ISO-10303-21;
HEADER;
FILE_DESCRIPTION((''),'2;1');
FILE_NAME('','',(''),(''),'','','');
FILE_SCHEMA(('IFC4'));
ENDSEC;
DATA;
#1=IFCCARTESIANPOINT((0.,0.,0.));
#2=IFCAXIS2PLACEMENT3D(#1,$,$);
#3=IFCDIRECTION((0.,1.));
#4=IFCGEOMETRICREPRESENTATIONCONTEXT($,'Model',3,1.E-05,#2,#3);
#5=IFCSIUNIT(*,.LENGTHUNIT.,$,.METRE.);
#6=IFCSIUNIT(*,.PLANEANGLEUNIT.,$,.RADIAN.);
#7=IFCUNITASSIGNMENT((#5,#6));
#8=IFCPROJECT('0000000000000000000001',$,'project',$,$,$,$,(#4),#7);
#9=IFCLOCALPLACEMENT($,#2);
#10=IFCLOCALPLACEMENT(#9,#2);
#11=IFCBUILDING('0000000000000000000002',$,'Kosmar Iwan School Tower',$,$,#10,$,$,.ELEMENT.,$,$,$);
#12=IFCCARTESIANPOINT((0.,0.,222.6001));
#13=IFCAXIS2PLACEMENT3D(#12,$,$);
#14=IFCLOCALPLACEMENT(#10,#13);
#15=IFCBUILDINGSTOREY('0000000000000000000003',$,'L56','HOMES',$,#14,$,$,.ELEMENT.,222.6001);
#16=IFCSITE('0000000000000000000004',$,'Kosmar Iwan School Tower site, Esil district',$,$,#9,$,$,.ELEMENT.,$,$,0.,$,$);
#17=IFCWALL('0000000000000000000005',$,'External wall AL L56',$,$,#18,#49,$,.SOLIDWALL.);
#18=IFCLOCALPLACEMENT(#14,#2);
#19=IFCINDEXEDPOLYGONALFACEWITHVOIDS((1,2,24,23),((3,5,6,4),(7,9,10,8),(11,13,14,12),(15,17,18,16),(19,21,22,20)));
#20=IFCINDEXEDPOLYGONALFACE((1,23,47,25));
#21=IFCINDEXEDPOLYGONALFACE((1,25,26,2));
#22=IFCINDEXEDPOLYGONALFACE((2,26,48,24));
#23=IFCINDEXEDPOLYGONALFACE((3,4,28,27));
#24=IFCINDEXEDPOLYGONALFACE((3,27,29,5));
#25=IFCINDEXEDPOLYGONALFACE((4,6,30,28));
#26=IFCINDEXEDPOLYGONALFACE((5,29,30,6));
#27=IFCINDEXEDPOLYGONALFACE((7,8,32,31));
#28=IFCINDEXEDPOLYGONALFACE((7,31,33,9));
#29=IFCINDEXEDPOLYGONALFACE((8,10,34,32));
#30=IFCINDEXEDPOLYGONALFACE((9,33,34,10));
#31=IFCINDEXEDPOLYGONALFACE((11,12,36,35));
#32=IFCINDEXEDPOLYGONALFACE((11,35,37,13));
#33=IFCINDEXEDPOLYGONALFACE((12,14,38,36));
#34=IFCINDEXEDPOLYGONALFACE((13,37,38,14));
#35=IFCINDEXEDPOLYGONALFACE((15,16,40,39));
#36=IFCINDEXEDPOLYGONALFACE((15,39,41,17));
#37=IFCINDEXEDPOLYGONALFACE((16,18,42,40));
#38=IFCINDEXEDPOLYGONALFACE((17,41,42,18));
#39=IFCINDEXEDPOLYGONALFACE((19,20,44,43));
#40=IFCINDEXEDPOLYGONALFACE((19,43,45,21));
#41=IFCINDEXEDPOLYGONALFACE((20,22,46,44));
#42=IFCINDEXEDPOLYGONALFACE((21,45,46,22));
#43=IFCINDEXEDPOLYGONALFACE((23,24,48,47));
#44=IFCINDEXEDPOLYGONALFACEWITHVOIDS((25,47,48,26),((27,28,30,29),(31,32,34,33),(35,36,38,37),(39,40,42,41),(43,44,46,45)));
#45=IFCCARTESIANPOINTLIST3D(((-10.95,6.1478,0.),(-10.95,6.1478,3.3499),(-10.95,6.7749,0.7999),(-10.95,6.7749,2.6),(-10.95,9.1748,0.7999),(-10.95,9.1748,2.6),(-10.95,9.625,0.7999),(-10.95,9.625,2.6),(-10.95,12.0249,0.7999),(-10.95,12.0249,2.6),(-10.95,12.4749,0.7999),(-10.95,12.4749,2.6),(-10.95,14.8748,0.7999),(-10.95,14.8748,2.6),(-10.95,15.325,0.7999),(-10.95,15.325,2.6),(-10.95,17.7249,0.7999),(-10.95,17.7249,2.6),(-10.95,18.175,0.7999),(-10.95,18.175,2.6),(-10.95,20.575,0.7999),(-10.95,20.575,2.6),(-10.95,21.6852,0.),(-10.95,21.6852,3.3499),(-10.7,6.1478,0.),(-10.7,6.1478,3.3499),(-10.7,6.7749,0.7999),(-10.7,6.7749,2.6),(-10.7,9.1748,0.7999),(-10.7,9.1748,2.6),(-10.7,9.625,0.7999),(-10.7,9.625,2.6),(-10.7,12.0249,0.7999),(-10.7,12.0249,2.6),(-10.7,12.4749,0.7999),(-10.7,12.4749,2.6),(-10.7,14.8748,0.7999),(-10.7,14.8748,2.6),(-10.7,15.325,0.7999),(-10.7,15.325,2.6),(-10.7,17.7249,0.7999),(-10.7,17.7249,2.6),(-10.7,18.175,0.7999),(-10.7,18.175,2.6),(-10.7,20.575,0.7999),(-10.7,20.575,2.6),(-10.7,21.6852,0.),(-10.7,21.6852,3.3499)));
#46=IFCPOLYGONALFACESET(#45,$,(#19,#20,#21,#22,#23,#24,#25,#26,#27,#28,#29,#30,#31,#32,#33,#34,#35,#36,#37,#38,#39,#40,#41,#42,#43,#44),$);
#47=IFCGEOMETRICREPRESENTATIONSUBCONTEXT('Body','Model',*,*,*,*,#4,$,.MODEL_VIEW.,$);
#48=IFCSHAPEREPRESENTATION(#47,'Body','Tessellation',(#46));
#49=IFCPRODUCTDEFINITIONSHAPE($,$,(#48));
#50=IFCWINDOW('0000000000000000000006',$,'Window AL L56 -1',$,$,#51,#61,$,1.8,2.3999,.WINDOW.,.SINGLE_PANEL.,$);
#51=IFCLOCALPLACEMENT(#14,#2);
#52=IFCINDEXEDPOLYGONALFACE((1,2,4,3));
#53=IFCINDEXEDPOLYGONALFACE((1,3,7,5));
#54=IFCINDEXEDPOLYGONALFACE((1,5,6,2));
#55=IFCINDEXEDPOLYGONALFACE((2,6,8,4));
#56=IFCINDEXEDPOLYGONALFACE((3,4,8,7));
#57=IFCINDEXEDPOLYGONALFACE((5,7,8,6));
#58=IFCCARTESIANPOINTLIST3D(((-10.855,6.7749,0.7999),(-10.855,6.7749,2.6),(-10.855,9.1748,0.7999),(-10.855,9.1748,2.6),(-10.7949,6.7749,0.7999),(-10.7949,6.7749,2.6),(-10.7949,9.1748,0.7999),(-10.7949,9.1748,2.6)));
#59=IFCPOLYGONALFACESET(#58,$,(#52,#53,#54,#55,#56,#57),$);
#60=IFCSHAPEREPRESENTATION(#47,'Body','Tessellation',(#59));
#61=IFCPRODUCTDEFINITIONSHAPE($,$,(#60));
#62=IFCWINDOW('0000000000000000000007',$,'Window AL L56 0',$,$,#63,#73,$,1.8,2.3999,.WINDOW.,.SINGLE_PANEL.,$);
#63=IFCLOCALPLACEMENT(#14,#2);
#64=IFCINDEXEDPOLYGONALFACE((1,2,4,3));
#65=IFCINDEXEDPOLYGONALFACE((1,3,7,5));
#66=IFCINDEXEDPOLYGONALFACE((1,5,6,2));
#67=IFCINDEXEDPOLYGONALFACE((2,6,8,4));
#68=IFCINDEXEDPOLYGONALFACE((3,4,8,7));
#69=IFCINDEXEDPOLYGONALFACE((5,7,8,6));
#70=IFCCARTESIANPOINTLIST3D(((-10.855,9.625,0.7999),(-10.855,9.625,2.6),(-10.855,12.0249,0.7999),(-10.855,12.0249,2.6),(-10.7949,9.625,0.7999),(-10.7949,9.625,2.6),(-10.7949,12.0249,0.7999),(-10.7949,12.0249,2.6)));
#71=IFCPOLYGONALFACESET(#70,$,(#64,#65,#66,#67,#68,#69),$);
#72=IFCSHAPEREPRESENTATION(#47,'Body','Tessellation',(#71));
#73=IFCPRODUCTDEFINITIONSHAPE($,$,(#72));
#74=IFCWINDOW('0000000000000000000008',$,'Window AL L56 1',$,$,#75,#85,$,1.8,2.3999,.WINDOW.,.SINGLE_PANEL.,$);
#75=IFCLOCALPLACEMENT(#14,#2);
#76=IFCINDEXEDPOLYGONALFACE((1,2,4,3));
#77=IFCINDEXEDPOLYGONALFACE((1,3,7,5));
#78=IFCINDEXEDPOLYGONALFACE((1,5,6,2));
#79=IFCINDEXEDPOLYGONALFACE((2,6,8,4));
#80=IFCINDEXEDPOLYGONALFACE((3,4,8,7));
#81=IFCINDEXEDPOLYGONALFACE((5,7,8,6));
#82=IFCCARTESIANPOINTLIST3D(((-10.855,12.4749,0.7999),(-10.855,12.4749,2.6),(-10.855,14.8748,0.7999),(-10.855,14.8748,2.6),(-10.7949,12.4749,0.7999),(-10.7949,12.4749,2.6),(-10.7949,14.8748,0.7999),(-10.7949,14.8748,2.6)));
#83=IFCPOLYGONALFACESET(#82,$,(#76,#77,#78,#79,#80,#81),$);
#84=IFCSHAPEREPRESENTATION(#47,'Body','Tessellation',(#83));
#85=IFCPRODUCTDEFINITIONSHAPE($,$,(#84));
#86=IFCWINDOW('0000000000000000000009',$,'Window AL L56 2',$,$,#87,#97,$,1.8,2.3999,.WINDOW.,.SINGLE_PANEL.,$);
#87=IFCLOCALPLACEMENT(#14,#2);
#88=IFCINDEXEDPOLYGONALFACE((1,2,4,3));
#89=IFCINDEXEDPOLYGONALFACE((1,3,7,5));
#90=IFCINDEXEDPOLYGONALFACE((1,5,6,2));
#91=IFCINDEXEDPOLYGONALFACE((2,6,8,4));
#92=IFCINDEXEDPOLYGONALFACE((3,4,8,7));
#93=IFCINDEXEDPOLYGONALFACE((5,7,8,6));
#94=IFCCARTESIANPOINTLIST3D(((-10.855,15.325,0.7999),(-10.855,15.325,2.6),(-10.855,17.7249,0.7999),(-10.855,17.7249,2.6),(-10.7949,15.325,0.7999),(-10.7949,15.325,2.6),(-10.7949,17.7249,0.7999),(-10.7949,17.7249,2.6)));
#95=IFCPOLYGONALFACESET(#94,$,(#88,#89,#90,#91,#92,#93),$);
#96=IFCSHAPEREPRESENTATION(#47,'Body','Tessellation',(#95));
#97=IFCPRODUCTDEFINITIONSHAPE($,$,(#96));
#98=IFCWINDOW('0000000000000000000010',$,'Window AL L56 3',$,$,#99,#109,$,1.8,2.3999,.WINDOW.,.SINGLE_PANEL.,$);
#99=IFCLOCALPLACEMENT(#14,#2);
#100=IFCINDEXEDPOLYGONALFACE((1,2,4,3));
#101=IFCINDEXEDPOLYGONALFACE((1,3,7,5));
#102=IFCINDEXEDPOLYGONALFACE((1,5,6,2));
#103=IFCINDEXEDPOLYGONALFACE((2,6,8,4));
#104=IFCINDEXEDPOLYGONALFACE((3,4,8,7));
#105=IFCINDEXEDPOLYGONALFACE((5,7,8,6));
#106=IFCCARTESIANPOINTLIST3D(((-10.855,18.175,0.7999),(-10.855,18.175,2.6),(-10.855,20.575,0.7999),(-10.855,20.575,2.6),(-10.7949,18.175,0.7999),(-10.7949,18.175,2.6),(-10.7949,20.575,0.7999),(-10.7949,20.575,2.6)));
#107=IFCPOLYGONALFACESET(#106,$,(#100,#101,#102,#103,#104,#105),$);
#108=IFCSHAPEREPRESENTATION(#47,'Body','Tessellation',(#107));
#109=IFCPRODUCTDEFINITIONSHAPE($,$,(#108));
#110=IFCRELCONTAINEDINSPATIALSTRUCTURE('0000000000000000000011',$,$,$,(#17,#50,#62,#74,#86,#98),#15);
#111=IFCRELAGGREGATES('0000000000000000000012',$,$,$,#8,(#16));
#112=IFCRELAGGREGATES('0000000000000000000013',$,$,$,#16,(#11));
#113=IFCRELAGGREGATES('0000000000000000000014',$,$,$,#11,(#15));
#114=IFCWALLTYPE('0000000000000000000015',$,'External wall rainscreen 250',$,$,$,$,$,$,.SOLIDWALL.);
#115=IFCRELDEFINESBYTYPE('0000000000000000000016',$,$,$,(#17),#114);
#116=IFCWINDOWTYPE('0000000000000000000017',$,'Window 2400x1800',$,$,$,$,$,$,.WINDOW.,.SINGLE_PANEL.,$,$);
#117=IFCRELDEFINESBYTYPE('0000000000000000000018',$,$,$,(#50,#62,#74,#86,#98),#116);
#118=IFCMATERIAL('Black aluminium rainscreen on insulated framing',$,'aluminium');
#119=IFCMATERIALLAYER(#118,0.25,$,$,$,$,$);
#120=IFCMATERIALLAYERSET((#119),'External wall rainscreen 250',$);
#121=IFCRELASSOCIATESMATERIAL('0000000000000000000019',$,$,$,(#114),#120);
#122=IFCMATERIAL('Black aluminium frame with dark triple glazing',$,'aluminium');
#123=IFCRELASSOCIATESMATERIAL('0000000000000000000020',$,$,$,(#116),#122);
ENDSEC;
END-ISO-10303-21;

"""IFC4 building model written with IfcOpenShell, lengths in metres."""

from ifc_helpers import new_model, si_unit, direction, frame, frame_2d, origin, place, context, subcontext, project, spatial, rectangle, extrude, material, layer, layer_set, type_object, element, fill, save


model = new_model("IFC4")

# Units and contexts
model_context = context("Model", 3, precision=1e-05, world=origin(), true_north=direction((0.0, 1.0)))
body_context = subcontext(model_context, "Body", "Model", "MODEL_VIEW")
ifc_project = project(units=[si_unit("LENGTHUNIT", "METRE"), si_unit("PLANEANGLEUNIT", "RADIAN")], contexts=[model_context])

# Site, building, storey
site_placement = place(None, origin())
site = spatial("IfcSite", under=ifc_project, at=site_placement, Name="Kosmar Iwan School Tower site, Esil district", CompositionType="ELEMENT", RefElevation=0.0)
building_placement = place(site_placement, origin())
building = spatial("IfcBuilding", under=site, at=building_placement, Name="Kosmar Iwan School Tower", CompositionType="ELEMENT")
storey_placement = place(building_placement, frame((0.0, 0.0, 222.6001)))
storey = spatial("IfcBuildingStorey", under=building, at=storey_placement, Name="L56", Description="HOMES", CompositionType="ELEMENT", Elevation=222.6001)

# Wall, openings, windows
ifc_material_1 = material(Name="Black aluminium rainscreen on insulated framing", Category="aluminium")
ifc_layer_1 = layer(ifc_material_1, 0.25)
ifc_layer_set_1 = layer_set([ifc_layer_1], Name="External wall rainscreen 250")
wall_type_1 = type_object("IfcWallType", Name="External wall rainscreen 250", PredefinedType="SOLIDWALL", material=ifc_layer_set_1)
wall_1_placement = place(storey_placement, frame((-10.825, 6.1479, 0.0), z_axis=(0.0, 0.0, 1.0), x_axis=(0.0, 1.0, 0.0)))
wall_1 = element("IfcWall", 1, at=wall_1_placement, inside=storey, type_object=wall_type_1, Name="External wall AL L56", PredefinedType="SOLIDWALL", context=body_context, shape_type="SweptSolid", body=[
    extrude(rectangle(XDim=15.5374, YDim=0.25, at=frame_2d((7.7686, 0.0))), origin(), (0.0, 0.0, 1.0), 3.3499),
])
opening_1_placement = place(wall_1_placement, frame((0.627, 0.0, 0.8)))
opening_1 = element("IfcOpeningElement", 2, at=opening_1_placement, cuts=wall_1, PredefinedType="OPENING", context=body_context, shape_type="SweptSolid", body=[
    extrude(rectangle(XDim=2.3999, YDim=1.8, at=frame_2d((1.2, 0.8999))), frame((0.0, 0.137, 0.0), z_axis=(0.0, -1.0, 0.0), x_axis=(1.0, 0.0, 0.0)), (0.0, 0.0, 1.0), 0.2739),
])
opening_2_placement = place(wall_1_placement, frame((3.4771, 0.0, 0.8)))
opening_2 = element("IfcOpeningElement", 3, at=opening_2_placement, cuts=wall_1, PredefinedType="OPENING", context=body_context, shape_type="SweptSolid", body=[
    extrude(rectangle(XDim=2.3999, YDim=1.8, at=frame_2d((1.2, 0.8999))), frame((0.0, 0.137, 0.0), z_axis=(0.0, -1.0, 0.0), x_axis=(1.0, 0.0, 0.0)), (0.0, 0.0, 1.0), 0.2739),
])
opening_3_placement = place(wall_1_placement, frame((6.3269, 0.0, 0.8)))
opening_3 = element("IfcOpeningElement", 4, at=opening_3_placement, cuts=wall_1, PredefinedType="OPENING", context=body_context, shape_type="SweptSolid", body=[
    extrude(rectangle(XDim=2.3999, YDim=1.8, at=frame_2d((1.2, 0.8999))), frame((0.0, 0.137, 0.0), z_axis=(0.0, -1.0, 0.0), x_axis=(1.0, 0.0, 0.0)), (0.0, 0.0, 1.0), 0.2739),
])
opening_4_placement = place(wall_1_placement, frame((9.177, 0.0, 0.8)))
opening_4 = element("IfcOpeningElement", 5, at=opening_4_placement, cuts=wall_1, PredefinedType="OPENING", context=body_context, shape_type="SweptSolid", body=[
    extrude(rectangle(XDim=2.3999, YDim=1.8, at=frame_2d((1.2, 0.8999))), frame((0.0, 0.137, 0.0), z_axis=(0.0, -1.0, 0.0), x_axis=(1.0, 0.0, 0.0)), (0.0, 0.0, 1.0), 0.2739),
])
opening_5_placement = place(wall_1_placement, frame((12.0271, 0.0, 0.8)))
opening_5 = element("IfcOpeningElement", 6, at=opening_5_placement, cuts=wall_1, PredefinedType="OPENING", context=body_context, shape_type="SweptSolid", body=[
    extrude(rectangle(XDim=2.3999, YDim=1.8, at=frame_2d((1.2, 0.8999))), frame((0.0, 0.137, 0.0), z_axis=(0.0, -1.0, 0.0), x_axis=(1.0, 0.0, 0.0)), (0.0, 0.0, 1.0), 0.2739),
])
ifc_material_2 = material(Name="Black aluminium frame with dark triple glazing", Category="aluminium")
window_type = type_object("IfcWindowType", Name="Window 2400x1800", PartitioningType="SINGLE_PANEL", PredefinedType="WINDOW", material=ifc_material_2)
window_1_placement = place(opening_1_placement, origin())
window_1 = element("IfcWindow", 7, at=window_1_placement, inside=storey, type_object=window_type, Name="Window AL L56 -1", OverallHeight=1.8, OverallWidth=2.3999, PartitioningType="SINGLE_PANEL", PredefinedType="WINDOW", context=body_context, shape_type="SweptSolid", body=[
    extrude(rectangle(XDim=2.3999, YDim=1.8, at=frame_2d((1.2, 0.8999))), frame((0.0, 0.03, 0.0), z_axis=(0.0, -1.0, 0.0), x_axis=(1.0, 0.0, 0.0)), (0.0, 0.0, 1.0), 0.0601),
])
fill(opening_1, window_1)
window_2_placement = place(opening_2_placement, origin())
window_2 = element("IfcWindow", 8, at=window_2_placement, inside=storey, type_object=window_type, Name="Window AL L56 0", OverallHeight=1.8, OverallWidth=2.3999, PartitioningType="SINGLE_PANEL", PredefinedType="WINDOW", context=body_context, shape_type="SweptSolid", body=[
    extrude(rectangle(XDim=2.3999, YDim=1.8, at=frame_2d((1.2, 0.8999))), frame((0.0, 0.03, 0.0), z_axis=(0.0, -1.0, 0.0), x_axis=(1.0, 0.0, 0.0)), (0.0, 0.0, 1.0), 0.0601),
])
fill(opening_2, window_2)
window_3_placement = place(opening_3_placement, origin())
window_3 = element("IfcWindow", 9, at=window_3_placement, inside=storey, type_object=window_type, Name="Window AL L56 1", OverallHeight=1.8, OverallWidth=2.3999, PartitioningType="SINGLE_PANEL", PredefinedType="WINDOW", context=body_context, shape_type="SweptSolid", body=[
    extrude(rectangle(XDim=2.3999, YDim=1.8, at=frame_2d((1.2, 0.8999))), frame((0.0, 0.03, 0.0), z_axis=(0.0, -1.0, 0.0), x_axis=(1.0, 0.0, 0.0)), (0.0, 0.0, 1.0), 0.0601),
])
fill(opening_3, window_3)
window_4_placement = place(opening_4_placement, origin())
window_4 = element("IfcWindow", 10, at=window_4_placement, inside=storey, type_object=window_type, Name="Window AL L56 2", OverallHeight=1.8, OverallWidth=2.3999, PartitioningType="SINGLE_PANEL", PredefinedType="WINDOW", context=body_context, shape_type="SweptSolid", body=[
    extrude(rectangle(XDim=2.3999, YDim=1.8, at=frame_2d((1.2, 0.8999))), frame((0.0, 0.03, 0.0), z_axis=(0.0, -1.0, 0.0), x_axis=(1.0, 0.0, 0.0)), (0.0, 0.0, 1.0), 0.0601),
])
fill(opening_4, window_4)
window_5_placement = place(opening_5_placement, origin())
window_5 = element("IfcWindow", 11, at=window_5_placement, inside=storey, type_object=window_type, Name="Window AL L56 3", OverallHeight=1.8, OverallWidth=2.3999, PartitioningType="SINGLE_PANEL", PredefinedType="WINDOW", context=body_context, shape_type="SweptSolid", body=[
    extrude(rectangle(XDim=2.3999, YDim=1.8, at=frame_2d((1.2, 0.8999))), frame((0.0, 0.03, 0.0), z_axis=(0.0, -1.0, 0.0), x_axis=(1.0, 0.0, 0.0)), (0.0, 0.0, 1.0), 0.0601),
])
fill(opening_5, window_5)

save(model, "model.ifc")
